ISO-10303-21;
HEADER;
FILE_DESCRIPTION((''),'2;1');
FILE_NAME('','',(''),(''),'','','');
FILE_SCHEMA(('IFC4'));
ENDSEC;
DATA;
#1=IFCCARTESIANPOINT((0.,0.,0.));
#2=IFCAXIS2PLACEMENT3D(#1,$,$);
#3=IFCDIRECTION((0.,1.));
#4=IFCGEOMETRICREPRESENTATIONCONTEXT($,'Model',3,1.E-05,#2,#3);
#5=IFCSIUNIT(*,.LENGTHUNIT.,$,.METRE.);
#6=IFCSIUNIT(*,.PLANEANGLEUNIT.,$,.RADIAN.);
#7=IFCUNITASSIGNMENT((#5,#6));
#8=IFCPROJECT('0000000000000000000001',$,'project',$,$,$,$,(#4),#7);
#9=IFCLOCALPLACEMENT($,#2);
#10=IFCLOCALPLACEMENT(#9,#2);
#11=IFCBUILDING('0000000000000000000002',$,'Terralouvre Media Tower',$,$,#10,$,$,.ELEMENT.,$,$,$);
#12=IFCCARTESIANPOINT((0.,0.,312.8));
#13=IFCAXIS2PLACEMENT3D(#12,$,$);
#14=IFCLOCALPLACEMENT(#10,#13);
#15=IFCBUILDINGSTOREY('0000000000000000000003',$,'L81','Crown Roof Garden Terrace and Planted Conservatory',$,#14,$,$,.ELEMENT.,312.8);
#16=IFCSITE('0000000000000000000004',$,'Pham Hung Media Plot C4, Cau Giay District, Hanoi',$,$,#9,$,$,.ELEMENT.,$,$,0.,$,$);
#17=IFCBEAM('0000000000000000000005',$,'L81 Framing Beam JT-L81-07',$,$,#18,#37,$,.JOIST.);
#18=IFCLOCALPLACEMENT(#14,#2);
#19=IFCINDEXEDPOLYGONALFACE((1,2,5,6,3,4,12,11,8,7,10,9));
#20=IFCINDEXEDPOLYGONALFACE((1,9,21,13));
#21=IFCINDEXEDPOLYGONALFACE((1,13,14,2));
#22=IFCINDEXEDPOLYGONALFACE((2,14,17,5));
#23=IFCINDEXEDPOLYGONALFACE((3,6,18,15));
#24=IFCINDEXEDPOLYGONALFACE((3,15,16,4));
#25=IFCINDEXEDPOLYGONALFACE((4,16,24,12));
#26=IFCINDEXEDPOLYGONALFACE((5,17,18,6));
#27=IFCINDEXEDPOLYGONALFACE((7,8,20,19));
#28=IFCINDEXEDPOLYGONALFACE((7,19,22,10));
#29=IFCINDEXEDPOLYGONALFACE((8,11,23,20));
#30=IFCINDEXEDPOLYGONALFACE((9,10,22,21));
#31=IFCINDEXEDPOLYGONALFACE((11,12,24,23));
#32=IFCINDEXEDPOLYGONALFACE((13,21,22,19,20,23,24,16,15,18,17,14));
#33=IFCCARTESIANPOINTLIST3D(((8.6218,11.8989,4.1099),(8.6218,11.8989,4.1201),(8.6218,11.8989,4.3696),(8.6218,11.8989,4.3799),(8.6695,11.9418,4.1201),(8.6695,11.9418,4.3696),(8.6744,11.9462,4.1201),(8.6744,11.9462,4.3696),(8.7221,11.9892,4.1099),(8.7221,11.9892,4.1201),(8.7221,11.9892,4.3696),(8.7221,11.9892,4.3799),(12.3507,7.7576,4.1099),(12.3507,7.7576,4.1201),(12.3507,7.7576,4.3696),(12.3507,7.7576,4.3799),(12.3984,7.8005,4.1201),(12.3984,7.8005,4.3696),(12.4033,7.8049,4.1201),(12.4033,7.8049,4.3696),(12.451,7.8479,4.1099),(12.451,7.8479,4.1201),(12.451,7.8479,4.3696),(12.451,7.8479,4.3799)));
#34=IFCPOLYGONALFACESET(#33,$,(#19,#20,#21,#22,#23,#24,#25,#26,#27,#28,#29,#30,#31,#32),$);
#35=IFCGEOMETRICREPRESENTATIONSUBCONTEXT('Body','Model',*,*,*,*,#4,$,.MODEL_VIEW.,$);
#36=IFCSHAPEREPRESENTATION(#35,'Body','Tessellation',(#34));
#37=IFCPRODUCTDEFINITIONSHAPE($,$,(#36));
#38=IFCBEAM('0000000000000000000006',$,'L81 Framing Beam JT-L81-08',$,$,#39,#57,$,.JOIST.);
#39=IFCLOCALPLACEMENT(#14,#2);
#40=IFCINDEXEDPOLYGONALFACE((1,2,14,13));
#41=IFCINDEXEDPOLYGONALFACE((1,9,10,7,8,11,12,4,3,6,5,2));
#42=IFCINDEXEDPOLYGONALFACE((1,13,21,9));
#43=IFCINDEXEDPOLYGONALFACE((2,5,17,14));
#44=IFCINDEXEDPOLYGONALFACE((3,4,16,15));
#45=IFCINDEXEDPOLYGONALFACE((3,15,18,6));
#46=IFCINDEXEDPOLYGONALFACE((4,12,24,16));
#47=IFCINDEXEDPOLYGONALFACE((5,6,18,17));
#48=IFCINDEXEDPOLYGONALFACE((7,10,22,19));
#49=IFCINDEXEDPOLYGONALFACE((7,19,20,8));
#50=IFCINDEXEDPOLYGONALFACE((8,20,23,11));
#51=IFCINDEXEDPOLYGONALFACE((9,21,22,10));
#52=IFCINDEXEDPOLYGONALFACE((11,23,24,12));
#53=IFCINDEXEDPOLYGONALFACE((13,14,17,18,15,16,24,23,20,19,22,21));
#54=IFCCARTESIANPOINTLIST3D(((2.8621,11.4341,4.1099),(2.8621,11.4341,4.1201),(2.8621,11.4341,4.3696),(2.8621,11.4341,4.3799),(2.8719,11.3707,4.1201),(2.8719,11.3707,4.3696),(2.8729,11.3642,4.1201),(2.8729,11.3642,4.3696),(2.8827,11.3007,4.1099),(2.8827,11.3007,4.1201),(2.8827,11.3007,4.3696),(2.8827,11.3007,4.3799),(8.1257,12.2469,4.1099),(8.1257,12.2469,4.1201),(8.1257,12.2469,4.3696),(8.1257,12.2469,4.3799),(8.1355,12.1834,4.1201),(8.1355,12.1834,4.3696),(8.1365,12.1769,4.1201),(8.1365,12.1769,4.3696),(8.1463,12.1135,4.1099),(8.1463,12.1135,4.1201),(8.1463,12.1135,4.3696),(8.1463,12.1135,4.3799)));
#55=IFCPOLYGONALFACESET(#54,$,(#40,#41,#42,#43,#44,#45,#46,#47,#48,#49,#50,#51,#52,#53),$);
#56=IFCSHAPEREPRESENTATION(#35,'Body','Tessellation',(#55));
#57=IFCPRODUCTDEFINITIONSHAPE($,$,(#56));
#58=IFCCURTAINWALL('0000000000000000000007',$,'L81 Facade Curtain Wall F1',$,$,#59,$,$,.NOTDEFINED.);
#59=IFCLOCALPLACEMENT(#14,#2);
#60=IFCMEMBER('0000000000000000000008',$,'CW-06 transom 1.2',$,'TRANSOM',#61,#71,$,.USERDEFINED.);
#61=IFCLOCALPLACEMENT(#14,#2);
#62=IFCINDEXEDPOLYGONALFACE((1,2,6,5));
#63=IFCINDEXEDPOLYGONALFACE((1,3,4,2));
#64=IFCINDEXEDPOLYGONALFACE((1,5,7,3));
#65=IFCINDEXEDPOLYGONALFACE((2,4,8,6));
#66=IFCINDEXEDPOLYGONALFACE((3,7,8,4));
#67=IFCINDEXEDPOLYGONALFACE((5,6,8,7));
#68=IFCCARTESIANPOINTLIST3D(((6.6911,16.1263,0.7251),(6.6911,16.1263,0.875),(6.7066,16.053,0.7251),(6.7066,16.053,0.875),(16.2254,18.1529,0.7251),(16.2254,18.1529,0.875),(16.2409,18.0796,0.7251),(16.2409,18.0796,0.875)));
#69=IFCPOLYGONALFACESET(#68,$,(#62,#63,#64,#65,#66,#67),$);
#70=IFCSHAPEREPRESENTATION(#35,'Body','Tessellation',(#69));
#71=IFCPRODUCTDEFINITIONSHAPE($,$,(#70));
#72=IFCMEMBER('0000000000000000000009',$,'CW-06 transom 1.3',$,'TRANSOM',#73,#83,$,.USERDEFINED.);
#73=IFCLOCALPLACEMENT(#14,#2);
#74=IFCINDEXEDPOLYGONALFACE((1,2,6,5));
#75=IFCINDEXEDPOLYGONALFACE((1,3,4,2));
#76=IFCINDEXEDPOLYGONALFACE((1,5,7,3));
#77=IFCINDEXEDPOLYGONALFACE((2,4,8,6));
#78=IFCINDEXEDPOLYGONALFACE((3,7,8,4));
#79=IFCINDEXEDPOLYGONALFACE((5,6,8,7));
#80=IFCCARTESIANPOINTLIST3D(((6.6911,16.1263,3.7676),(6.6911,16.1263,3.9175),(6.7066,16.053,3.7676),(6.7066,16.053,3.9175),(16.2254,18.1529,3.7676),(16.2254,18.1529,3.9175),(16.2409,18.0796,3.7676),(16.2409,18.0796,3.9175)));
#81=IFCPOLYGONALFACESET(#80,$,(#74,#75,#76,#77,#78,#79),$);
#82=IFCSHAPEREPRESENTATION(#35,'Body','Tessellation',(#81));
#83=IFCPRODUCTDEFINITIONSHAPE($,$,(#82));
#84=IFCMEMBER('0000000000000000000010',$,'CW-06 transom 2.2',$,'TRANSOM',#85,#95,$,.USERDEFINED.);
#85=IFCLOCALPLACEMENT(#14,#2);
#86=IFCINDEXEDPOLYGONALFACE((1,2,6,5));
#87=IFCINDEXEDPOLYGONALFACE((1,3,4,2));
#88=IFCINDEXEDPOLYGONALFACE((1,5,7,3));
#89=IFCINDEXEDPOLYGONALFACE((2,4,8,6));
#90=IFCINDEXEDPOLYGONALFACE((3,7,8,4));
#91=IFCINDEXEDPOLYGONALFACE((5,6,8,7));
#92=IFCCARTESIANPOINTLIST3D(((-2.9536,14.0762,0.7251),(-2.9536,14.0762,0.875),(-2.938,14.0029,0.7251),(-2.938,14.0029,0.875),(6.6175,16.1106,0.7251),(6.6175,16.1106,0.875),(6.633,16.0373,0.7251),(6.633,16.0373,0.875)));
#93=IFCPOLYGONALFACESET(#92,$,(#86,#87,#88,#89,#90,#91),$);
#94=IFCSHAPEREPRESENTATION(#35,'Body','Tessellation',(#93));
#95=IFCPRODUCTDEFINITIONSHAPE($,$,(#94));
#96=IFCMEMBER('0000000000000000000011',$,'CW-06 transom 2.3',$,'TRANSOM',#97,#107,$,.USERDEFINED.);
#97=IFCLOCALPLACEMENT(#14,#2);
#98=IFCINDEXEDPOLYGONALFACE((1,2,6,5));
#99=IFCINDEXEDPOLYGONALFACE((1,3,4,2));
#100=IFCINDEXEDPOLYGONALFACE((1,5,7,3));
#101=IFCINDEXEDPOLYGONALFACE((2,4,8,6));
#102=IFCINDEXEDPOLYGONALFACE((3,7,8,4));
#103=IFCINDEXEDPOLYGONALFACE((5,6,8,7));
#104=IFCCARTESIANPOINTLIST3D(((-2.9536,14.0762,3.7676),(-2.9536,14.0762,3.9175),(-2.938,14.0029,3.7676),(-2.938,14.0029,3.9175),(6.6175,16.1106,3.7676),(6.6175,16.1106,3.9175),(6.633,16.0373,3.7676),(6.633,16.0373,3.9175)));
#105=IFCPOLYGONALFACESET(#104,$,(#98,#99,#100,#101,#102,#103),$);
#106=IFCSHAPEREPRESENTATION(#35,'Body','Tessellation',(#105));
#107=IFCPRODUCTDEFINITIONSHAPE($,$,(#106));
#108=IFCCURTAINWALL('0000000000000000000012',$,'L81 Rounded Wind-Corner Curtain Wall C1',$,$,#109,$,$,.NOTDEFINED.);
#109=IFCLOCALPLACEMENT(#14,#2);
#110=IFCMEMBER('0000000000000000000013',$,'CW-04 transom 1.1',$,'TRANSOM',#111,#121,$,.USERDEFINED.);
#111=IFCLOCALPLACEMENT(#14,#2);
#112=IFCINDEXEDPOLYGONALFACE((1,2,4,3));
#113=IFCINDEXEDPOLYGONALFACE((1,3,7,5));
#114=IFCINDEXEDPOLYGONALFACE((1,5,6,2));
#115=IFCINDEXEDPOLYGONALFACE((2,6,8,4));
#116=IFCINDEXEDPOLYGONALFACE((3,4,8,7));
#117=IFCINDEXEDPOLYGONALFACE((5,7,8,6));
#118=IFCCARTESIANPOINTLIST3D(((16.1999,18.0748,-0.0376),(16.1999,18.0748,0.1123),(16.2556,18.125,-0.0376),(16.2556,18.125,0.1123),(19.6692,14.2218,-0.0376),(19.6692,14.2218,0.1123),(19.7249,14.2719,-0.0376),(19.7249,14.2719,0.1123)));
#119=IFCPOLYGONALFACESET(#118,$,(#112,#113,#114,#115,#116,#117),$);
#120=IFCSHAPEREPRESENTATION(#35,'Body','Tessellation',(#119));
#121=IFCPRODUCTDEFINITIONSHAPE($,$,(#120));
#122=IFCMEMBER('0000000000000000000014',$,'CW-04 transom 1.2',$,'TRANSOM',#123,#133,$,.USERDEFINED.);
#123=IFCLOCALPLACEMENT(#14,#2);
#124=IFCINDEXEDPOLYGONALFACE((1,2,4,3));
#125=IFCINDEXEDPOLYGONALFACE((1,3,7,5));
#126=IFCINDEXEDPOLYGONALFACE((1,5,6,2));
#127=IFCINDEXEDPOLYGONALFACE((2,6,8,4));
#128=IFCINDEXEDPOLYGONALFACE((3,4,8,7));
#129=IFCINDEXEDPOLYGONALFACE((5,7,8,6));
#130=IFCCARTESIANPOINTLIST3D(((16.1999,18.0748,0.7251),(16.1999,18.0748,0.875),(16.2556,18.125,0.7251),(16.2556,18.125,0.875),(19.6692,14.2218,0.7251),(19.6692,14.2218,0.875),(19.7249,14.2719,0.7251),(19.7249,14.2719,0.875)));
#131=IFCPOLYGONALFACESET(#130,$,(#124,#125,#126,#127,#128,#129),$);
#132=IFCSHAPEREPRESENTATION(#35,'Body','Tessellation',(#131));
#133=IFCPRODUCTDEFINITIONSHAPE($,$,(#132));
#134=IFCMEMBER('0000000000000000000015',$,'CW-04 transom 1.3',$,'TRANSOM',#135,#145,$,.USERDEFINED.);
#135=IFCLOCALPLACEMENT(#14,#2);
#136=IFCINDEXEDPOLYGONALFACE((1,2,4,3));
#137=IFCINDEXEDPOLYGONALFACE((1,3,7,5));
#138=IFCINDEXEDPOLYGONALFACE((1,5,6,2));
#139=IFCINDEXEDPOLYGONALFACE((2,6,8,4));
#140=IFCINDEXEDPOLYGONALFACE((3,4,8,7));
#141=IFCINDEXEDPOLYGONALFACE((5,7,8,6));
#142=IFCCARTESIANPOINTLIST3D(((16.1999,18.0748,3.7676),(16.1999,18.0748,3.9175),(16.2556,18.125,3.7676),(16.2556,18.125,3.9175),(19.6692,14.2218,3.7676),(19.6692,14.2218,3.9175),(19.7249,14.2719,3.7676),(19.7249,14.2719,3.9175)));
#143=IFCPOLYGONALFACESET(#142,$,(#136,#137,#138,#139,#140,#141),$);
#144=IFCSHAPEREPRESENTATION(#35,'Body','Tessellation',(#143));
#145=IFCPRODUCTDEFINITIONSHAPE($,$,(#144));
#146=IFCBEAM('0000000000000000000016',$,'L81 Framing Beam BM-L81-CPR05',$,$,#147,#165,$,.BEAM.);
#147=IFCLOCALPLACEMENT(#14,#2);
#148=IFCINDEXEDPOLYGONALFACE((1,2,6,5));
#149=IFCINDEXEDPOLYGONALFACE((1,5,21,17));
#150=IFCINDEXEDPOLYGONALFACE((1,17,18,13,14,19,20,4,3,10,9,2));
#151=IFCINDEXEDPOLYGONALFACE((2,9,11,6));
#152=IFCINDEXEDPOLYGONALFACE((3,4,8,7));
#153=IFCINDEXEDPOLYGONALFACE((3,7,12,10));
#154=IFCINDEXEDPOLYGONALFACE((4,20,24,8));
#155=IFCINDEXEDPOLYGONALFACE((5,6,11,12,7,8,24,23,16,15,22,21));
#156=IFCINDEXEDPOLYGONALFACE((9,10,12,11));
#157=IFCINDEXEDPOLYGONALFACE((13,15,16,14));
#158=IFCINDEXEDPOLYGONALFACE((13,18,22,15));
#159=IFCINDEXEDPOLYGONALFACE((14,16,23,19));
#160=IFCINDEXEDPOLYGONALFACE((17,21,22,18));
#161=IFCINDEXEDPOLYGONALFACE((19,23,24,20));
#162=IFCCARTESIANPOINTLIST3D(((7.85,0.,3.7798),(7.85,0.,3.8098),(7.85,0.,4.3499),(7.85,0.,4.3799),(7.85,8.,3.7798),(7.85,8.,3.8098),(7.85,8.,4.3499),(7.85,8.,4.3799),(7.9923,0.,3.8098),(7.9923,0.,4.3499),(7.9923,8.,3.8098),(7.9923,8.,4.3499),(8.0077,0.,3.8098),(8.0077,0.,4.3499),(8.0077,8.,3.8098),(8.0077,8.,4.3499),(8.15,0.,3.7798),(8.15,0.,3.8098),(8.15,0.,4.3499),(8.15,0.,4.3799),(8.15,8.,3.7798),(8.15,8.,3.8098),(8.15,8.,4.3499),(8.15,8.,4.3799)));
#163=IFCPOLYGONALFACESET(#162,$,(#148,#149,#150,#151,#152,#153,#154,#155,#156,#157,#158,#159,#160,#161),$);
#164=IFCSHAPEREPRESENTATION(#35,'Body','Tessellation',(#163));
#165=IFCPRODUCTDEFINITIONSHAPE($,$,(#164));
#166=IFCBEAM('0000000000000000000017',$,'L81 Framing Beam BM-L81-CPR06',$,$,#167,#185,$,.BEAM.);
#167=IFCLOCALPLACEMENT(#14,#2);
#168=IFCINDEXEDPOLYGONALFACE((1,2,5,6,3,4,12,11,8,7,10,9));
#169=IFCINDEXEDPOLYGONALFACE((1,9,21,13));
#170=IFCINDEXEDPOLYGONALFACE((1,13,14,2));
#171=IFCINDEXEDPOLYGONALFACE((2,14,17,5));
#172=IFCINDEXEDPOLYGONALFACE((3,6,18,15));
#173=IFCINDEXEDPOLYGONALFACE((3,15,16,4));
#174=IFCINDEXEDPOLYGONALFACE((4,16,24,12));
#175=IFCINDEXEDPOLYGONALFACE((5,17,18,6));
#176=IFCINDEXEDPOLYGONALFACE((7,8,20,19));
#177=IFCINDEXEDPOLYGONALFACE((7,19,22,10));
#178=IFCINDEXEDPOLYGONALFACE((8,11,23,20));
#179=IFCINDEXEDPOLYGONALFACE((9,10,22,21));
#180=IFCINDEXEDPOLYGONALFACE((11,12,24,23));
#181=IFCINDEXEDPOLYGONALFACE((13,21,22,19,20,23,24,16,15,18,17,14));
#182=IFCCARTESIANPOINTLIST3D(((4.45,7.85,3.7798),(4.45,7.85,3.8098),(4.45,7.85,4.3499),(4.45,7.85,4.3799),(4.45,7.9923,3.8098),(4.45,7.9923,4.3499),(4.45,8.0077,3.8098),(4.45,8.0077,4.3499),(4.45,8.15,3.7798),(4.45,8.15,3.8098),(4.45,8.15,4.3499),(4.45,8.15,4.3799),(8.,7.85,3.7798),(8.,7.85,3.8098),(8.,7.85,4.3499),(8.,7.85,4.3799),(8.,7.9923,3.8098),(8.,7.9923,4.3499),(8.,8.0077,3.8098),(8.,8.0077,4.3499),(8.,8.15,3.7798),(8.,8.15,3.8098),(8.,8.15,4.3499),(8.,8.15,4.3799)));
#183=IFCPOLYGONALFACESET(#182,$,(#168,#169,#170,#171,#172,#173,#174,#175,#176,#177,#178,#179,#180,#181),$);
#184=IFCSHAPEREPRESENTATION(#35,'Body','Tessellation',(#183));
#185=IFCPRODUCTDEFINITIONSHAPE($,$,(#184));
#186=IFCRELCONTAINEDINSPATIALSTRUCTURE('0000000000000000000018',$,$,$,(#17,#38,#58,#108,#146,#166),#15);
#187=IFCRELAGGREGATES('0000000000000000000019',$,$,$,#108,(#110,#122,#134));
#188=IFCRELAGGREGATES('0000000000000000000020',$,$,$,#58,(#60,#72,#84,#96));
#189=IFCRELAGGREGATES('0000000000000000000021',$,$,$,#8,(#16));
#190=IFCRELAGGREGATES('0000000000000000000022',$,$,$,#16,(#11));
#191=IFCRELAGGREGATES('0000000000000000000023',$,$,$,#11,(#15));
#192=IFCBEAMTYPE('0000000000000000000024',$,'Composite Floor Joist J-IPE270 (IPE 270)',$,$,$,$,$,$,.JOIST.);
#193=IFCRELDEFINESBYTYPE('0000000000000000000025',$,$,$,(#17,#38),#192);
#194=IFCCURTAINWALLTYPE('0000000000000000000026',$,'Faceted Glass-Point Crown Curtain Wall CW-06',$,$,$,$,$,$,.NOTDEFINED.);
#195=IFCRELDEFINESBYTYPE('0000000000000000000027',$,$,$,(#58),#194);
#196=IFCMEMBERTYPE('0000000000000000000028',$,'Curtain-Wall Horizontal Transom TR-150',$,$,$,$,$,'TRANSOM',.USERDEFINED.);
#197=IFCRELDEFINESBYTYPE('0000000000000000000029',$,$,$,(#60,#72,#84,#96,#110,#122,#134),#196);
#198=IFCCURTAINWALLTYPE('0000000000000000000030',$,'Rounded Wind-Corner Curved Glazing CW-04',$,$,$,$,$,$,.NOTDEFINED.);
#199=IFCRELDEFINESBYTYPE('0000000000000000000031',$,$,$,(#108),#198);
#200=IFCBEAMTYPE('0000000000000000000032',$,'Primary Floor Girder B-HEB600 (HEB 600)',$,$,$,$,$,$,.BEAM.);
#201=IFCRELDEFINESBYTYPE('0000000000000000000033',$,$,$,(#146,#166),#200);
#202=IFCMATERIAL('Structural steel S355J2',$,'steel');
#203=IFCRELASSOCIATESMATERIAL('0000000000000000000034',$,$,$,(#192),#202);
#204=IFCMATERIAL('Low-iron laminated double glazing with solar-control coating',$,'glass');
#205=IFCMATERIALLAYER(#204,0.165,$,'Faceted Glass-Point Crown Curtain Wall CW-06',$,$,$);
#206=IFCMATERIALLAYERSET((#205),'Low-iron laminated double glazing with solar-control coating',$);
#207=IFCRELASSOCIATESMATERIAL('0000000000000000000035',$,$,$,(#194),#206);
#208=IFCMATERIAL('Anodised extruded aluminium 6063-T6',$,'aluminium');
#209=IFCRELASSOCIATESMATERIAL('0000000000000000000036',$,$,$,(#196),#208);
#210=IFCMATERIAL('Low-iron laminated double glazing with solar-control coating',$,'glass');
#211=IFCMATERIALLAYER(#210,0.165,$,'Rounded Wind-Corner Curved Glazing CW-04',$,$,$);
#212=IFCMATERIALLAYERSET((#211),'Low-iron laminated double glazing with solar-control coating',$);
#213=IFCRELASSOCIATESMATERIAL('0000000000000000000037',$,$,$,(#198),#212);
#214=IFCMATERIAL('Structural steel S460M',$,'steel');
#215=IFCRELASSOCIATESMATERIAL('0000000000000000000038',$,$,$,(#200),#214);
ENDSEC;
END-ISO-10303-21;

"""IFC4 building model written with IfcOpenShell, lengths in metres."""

from ifc_helpers import new_model, si_unit, direction, frame, origin, origin_2d, place, context, subcontext, project, spatial, rectangle, i_section, extrude, material, layer, layer_set, material_profile, profile_set, type_object, element, aggregate, save


model = new_model("IFC4")

# Units and contexts
model_context = context("Model", 3, precision=1e-05, world=origin(), true_north=direction((0.0, 1.0)))
body_context = subcontext(model_context, "Body", "Model", "MODEL_VIEW")
ifc_project = project(units=[si_unit("LENGTHUNIT", "METRE"), si_unit("PLANEANGLEUNIT", "RADIAN")], contexts=[model_context])

# Site, building, storey
site_placement = place(None, origin())
site = spatial("IfcSite", under=ifc_project, at=site_placement, Name="Pham Hung Media Plot C4, Cau Giay District, Hanoi", CompositionType="ELEMENT", RefElevation=0.0)
building_placement = place(site_placement, origin())
building = spatial("IfcBuilding", under=site, at=building_placement, Name="Terralouvre Media Tower", CompositionType="ELEMENT")
storey_placement = place(building_placement, frame((0.0, 0.0, 312.8)))
storey = spatial("IfcBuildingStorey", under=building, at=storey_placement, Name="L81", Description="Crown Roof Garden Terrace and Planted Conservatory", CompositionType="ELEMENT", Elevation=312.8)

# Beams
ifc_material_1 = material(Name="Structural steel S355J2", Category="steel")
ifc_material_profile_1 = material_profile(ifc_material_1, i_section(OverallWidth=0.135, OverallDepth=0.27, WebThickness=0.0066, FlangeThickness=0.0103, at=origin_2d()), Name="IPE 270")
ifc_profile_set_1 = profile_set([ifc_material_profile_1], Name="Structural steel S355J2")
beam_type_1 = type_object("IfcBeamType", Name="Composite Floor Joist J-IPE270 (IPE 270)", PredefinedType="JOIST", material=ifc_profile_set_1)
beam_1_placement = place(storey_placement, frame((12.4009, 7.8027, 4.2449), z_axis=(-0.669141, 0.743135, 0.0), x_axis=(-0.743135, -0.669141, 0.0)))
element("IfcBeam", 1, at=beam_1_placement, inside=storey, type_object=beam_type_1, Name="L81 Framing Beam JT-L81-07", PredefinedType="JOIST", context=body_context, shape_type="SweptSolid", body=[
    extrude(i_section(OverallWidth=0.135, OverallDepth=0.27, WebThickness=0.0066, FlangeThickness=0.0103, at=origin_2d()), origin(), (0.0, 0.0, 1.0), 5.5728),
])
beam_2_placement = place(storey_placement, frame((8.136, 12.1802, 4.2449), z_axis=(-0.988287, -0.152605, 0.0), x_axis=(0.152605, -0.988287, 0.0)))
element("IfcBeam", 2, at=beam_2_placement, inside=storey, type_object=beam_type_1, Name="L81 Framing Beam JT-L81-08", PredefinedType="JOIST", context=body_context, shape_type="SweptSolid", body=[
    extrude(i_section(OverallWidth=0.135, OverallDepth=0.27, WebThickness=0.0066, FlangeThickness=0.0103, at=origin_2d()), origin(), (0.0, 0.0, 1.0), 5.3259),
])

# Curtain walls, members
ifc_material_2 = material(Name="Low-iron laminated double glazing with solar-control coating", Category="glass")
ifc_layer_1 = layer(ifc_material_2, 0.165, Name="Faceted Glass-Point Crown Curtain Wall CW-06")
ifc_layer_set_1 = layer_set([ifc_layer_1], Name="Low-iron laminated double glazing with solar-control coating")
curtain_wall_type_1 = type_object("IfcCurtainWallType", Name="Faceted Glass-Point Crown Curtain Wall CW-06", PredefinedType="NOTDEFINED", material=ifc_layer_set_1)
curtain_wall_1_placement = place(storey_placement, origin())
curtain_wall_1 = element("IfcCurtainWall", 3, at=curtain_wall_1_placement, inside=storey, type_object=curtain_wall_type_1, Name="L81 Facade Curtain Wall F1", PredefinedType="NOTDEFINED")
ifc_material_3 = material(Name="Anodised extruded aluminium 6063-T6", Category="aluminium")
ifc_material_profile_2 = material_profile(ifc_material_3, rectangle(XDim=0.075, YDim=0.1499, at=origin_2d()), Name="ALU 75x150")
ifc_profile_set_2 = profile_set([ifc_material_profile_2], Name="Anodised extruded aluminium 6063-T6")
member_type = type_object("IfcMemberType", Name="Curtain-Wall Horizontal Transom TR-150", ElementType="TRANSOM", PredefinedType="USERDEFINED", material=ifc_profile_set_2)
member_1_placement = place(storey_placement, frame((16.2332, 18.1162, 0.8), z_axis=(-0.978147, -0.207912, 0.0), x_axis=(0.207912, -0.978147, 0.0)))
member_1 = element("IfcMember", 4, at=member_1_placement, type_object=member_type, Name="CW-06 transom 1.2", ObjectType="TRANSOM", PredefinedType="USERDEFINED", context=body_context, shape_type="SweptSolid", body=[
    extrude(rectangle(XDim=0.075, YDim=0.1499, at=origin_2d()), origin(), (0.0, 0.0, 1.0), 9.7473),
])
member_2_placement = place(storey_placement, frame((16.2332, 18.1162, 3.8425), z_axis=(-0.978147, -0.207912, 0.0), x_axis=(0.207912, -0.978147, 0.0)))
member_2 = element("IfcMember", 5, at=member_2_placement, type_object=member_type, Name="CW-06 transom 1.3", ObjectType="TRANSOM", PredefinedType="USERDEFINED", context=body_context, shape_type="SweptSolid", body=[
    extrude(rectangle(XDim=0.075, YDim=0.1499, at=origin_2d()), origin(), (0.0, 0.0, 1.0), 9.7473),
])
member_3_placement = place(storey_placement, frame((6.6252, 16.074, 0.8), z_axis=(-0.978147, -0.207915, 0.0), x_axis=(0.207915, -0.978147, 0.0)))
member_3 = element("IfcMember", 6, at=member_3_placement, type_object=member_type, Name="CW-06 transom 2.2", ObjectType="TRANSOM", PredefinedType="USERDEFINED", context=body_context, shape_type="SweptSolid", body=[
    extrude(rectangle(XDim=0.075, YDim=0.1499, at=origin_2d()), origin(), (0.0, 0.0, 1.0), 9.7849),
])
member_4_placement = place(storey_placement, frame((6.6252, 16.074, 3.8425), z_axis=(-0.978147, -0.207915, 0.0), x_axis=(0.207915, -0.978147, 0.0)))
member_4 = element("IfcMember", 7, at=member_4_placement, type_object=member_type, Name="CW-06 transom 2.3", ObjectType="TRANSOM", PredefinedType="USERDEFINED", context=body_context, shape_type="SweptSolid", body=[
    extrude(rectangle(XDim=0.075, YDim=0.1499, at=origin_2d()), origin(), (0.0, 0.0, 1.0), 9.7849),
])
ifc_material_4 = material(Name="Low-iron laminated double glazing with solar-control coating", Category="glass")
ifc_layer_2 = layer(ifc_material_4, 0.165, Name="Rounded Wind-Corner Curved Glazing CW-04")
ifc_layer_set_2 = layer_set([ifc_layer_2], Name="Low-iron laminated double glazing with solar-control coating")
curtain_wall_type_2 = type_object("IfcCurtainWallType", Name="Rounded Wind-Corner Curved Glazing CW-04", PredefinedType="NOTDEFINED", material=ifc_layer_set_2)
curtain_wall_2_placement = place(storey_placement, origin())
curtain_wall_2 = element("IfcCurtainWall", 8, at=curtain_wall_2_placement, inside=storey, type_object=curtain_wall_type_2, Name="L81 Rounded Wind-Corner Curtain Wall C1", PredefinedType="NOTDEFINED")
member_5_placement = place(storey_placement, frame((19.697, 14.2468, 0.0374), z_axis=(-0.669126, 0.743149, 0.0), x_axis=(-0.743149, -0.669126, 0.0)))
member_5 = element("IfcMember", 9, at=member_5_placement, type_object=member_type, Name="CW-04 transom 1.1", ObjectType="TRANSOM", PredefinedType="USERDEFINED", context=body_context, shape_type="SweptSolid", body=[
    extrude(rectangle(XDim=0.075, YDim=0.1499, at=origin_2d()), origin(), (0.0, 0.0, 1.0), 5.1848),
])
member_6_placement = place(storey_placement, frame((19.697, 14.2468, 0.8), z_axis=(-0.669126, 0.743149, 0.0), x_axis=(-0.743149, -0.669126, 0.0)))
member_6 = element("IfcMember", 10, at=member_6_placement, type_object=member_type, Name="CW-04 transom 1.2", ObjectType="TRANSOM", PredefinedType="USERDEFINED", context=body_context, shape_type="SweptSolid", body=[
    extrude(rectangle(XDim=0.075, YDim=0.1499, at=origin_2d()), origin(), (0.0, 0.0, 1.0), 5.1848),
])
member_7_placement = place(storey_placement, frame((19.697, 14.2468, 3.8425), z_axis=(-0.669126, 0.743149, 0.0), x_axis=(-0.743149, -0.669126, 0.0)))
member_7 = element("IfcMember", 11, at=member_7_placement, type_object=member_type, Name="CW-04 transom 1.3", ObjectType="TRANSOM", PredefinedType="USERDEFINED", context=body_context, shape_type="SweptSolid", body=[
    extrude(rectangle(XDim=0.075, YDim=0.1499, at=origin_2d()), origin(), (0.0, 0.0, 1.0), 5.1848),
])

# Beams
ifc_material_5 = material(Name="Structural steel S460M", Category="steel")
ifc_material_profile_3 = material_profile(ifc_material_5, i_section(OverallWidth=0.3, OverallDepth=0.6001, WebThickness=0.0154, FlangeThickness=0.03, at=origin_2d()), Name="HEB 600")
ifc_profile_set_3 = profile_set([ifc_material_profile_3], Name="Structural steel S460M")
beam_type_2 = type_object("IfcBeamType", Name="Primary Floor Girder B-HEB600 (HEB 600)", PredefinedType="BEAM", material=ifc_profile_set_3)
beam_3_placement = place(storey_placement, frame((8.0, 0.0, 4.0798), z_axis=(0.0, 1.0, 0.0), x_axis=(-1.0, 0.0, 0.0)))
element("IfcBeam", 12, at=beam_3_placement, inside=storey, type_object=beam_type_2, Name="L81 Framing Beam BM-L81-CPR05", PredefinedType="BEAM", context=body_context, shape_type="SweptSolid", body=[
    extrude(i_section(OverallWidth=0.3, OverallDepth=0.6001, WebThickness=0.0154, FlangeThickness=0.03, at=origin_2d()), origin(), (0.0, 0.0, 1.0), 8.0),
])
beam_4_placement = place(storey_placement, frame((8.0, 8.0, 4.0798), z_axis=(-1.0, 0.0, 0.0), x_axis=(0.0, -1.0, 0.0)))
element("IfcBeam", 13, at=beam_4_placement, inside=storey, type_object=beam_type_2, Name="L81 Framing Beam BM-L81-CPR06", PredefinedType="BEAM", context=body_context, shape_type="SweptSolid", body=[
    extrude(i_section(OverallWidth=0.3, OverallDepth=0.6001, WebThickness=0.0154, FlangeThickness=0.03, at=origin_2d()), origin(), (0.0, 0.0, 1.0), 3.55),
])

aggregate(curtain_wall_2, [member_5, member_6, member_7])
aggregate(curtain_wall_1, [member_1, member_2, member_3, member_4])

save(model, "model.ifc")
